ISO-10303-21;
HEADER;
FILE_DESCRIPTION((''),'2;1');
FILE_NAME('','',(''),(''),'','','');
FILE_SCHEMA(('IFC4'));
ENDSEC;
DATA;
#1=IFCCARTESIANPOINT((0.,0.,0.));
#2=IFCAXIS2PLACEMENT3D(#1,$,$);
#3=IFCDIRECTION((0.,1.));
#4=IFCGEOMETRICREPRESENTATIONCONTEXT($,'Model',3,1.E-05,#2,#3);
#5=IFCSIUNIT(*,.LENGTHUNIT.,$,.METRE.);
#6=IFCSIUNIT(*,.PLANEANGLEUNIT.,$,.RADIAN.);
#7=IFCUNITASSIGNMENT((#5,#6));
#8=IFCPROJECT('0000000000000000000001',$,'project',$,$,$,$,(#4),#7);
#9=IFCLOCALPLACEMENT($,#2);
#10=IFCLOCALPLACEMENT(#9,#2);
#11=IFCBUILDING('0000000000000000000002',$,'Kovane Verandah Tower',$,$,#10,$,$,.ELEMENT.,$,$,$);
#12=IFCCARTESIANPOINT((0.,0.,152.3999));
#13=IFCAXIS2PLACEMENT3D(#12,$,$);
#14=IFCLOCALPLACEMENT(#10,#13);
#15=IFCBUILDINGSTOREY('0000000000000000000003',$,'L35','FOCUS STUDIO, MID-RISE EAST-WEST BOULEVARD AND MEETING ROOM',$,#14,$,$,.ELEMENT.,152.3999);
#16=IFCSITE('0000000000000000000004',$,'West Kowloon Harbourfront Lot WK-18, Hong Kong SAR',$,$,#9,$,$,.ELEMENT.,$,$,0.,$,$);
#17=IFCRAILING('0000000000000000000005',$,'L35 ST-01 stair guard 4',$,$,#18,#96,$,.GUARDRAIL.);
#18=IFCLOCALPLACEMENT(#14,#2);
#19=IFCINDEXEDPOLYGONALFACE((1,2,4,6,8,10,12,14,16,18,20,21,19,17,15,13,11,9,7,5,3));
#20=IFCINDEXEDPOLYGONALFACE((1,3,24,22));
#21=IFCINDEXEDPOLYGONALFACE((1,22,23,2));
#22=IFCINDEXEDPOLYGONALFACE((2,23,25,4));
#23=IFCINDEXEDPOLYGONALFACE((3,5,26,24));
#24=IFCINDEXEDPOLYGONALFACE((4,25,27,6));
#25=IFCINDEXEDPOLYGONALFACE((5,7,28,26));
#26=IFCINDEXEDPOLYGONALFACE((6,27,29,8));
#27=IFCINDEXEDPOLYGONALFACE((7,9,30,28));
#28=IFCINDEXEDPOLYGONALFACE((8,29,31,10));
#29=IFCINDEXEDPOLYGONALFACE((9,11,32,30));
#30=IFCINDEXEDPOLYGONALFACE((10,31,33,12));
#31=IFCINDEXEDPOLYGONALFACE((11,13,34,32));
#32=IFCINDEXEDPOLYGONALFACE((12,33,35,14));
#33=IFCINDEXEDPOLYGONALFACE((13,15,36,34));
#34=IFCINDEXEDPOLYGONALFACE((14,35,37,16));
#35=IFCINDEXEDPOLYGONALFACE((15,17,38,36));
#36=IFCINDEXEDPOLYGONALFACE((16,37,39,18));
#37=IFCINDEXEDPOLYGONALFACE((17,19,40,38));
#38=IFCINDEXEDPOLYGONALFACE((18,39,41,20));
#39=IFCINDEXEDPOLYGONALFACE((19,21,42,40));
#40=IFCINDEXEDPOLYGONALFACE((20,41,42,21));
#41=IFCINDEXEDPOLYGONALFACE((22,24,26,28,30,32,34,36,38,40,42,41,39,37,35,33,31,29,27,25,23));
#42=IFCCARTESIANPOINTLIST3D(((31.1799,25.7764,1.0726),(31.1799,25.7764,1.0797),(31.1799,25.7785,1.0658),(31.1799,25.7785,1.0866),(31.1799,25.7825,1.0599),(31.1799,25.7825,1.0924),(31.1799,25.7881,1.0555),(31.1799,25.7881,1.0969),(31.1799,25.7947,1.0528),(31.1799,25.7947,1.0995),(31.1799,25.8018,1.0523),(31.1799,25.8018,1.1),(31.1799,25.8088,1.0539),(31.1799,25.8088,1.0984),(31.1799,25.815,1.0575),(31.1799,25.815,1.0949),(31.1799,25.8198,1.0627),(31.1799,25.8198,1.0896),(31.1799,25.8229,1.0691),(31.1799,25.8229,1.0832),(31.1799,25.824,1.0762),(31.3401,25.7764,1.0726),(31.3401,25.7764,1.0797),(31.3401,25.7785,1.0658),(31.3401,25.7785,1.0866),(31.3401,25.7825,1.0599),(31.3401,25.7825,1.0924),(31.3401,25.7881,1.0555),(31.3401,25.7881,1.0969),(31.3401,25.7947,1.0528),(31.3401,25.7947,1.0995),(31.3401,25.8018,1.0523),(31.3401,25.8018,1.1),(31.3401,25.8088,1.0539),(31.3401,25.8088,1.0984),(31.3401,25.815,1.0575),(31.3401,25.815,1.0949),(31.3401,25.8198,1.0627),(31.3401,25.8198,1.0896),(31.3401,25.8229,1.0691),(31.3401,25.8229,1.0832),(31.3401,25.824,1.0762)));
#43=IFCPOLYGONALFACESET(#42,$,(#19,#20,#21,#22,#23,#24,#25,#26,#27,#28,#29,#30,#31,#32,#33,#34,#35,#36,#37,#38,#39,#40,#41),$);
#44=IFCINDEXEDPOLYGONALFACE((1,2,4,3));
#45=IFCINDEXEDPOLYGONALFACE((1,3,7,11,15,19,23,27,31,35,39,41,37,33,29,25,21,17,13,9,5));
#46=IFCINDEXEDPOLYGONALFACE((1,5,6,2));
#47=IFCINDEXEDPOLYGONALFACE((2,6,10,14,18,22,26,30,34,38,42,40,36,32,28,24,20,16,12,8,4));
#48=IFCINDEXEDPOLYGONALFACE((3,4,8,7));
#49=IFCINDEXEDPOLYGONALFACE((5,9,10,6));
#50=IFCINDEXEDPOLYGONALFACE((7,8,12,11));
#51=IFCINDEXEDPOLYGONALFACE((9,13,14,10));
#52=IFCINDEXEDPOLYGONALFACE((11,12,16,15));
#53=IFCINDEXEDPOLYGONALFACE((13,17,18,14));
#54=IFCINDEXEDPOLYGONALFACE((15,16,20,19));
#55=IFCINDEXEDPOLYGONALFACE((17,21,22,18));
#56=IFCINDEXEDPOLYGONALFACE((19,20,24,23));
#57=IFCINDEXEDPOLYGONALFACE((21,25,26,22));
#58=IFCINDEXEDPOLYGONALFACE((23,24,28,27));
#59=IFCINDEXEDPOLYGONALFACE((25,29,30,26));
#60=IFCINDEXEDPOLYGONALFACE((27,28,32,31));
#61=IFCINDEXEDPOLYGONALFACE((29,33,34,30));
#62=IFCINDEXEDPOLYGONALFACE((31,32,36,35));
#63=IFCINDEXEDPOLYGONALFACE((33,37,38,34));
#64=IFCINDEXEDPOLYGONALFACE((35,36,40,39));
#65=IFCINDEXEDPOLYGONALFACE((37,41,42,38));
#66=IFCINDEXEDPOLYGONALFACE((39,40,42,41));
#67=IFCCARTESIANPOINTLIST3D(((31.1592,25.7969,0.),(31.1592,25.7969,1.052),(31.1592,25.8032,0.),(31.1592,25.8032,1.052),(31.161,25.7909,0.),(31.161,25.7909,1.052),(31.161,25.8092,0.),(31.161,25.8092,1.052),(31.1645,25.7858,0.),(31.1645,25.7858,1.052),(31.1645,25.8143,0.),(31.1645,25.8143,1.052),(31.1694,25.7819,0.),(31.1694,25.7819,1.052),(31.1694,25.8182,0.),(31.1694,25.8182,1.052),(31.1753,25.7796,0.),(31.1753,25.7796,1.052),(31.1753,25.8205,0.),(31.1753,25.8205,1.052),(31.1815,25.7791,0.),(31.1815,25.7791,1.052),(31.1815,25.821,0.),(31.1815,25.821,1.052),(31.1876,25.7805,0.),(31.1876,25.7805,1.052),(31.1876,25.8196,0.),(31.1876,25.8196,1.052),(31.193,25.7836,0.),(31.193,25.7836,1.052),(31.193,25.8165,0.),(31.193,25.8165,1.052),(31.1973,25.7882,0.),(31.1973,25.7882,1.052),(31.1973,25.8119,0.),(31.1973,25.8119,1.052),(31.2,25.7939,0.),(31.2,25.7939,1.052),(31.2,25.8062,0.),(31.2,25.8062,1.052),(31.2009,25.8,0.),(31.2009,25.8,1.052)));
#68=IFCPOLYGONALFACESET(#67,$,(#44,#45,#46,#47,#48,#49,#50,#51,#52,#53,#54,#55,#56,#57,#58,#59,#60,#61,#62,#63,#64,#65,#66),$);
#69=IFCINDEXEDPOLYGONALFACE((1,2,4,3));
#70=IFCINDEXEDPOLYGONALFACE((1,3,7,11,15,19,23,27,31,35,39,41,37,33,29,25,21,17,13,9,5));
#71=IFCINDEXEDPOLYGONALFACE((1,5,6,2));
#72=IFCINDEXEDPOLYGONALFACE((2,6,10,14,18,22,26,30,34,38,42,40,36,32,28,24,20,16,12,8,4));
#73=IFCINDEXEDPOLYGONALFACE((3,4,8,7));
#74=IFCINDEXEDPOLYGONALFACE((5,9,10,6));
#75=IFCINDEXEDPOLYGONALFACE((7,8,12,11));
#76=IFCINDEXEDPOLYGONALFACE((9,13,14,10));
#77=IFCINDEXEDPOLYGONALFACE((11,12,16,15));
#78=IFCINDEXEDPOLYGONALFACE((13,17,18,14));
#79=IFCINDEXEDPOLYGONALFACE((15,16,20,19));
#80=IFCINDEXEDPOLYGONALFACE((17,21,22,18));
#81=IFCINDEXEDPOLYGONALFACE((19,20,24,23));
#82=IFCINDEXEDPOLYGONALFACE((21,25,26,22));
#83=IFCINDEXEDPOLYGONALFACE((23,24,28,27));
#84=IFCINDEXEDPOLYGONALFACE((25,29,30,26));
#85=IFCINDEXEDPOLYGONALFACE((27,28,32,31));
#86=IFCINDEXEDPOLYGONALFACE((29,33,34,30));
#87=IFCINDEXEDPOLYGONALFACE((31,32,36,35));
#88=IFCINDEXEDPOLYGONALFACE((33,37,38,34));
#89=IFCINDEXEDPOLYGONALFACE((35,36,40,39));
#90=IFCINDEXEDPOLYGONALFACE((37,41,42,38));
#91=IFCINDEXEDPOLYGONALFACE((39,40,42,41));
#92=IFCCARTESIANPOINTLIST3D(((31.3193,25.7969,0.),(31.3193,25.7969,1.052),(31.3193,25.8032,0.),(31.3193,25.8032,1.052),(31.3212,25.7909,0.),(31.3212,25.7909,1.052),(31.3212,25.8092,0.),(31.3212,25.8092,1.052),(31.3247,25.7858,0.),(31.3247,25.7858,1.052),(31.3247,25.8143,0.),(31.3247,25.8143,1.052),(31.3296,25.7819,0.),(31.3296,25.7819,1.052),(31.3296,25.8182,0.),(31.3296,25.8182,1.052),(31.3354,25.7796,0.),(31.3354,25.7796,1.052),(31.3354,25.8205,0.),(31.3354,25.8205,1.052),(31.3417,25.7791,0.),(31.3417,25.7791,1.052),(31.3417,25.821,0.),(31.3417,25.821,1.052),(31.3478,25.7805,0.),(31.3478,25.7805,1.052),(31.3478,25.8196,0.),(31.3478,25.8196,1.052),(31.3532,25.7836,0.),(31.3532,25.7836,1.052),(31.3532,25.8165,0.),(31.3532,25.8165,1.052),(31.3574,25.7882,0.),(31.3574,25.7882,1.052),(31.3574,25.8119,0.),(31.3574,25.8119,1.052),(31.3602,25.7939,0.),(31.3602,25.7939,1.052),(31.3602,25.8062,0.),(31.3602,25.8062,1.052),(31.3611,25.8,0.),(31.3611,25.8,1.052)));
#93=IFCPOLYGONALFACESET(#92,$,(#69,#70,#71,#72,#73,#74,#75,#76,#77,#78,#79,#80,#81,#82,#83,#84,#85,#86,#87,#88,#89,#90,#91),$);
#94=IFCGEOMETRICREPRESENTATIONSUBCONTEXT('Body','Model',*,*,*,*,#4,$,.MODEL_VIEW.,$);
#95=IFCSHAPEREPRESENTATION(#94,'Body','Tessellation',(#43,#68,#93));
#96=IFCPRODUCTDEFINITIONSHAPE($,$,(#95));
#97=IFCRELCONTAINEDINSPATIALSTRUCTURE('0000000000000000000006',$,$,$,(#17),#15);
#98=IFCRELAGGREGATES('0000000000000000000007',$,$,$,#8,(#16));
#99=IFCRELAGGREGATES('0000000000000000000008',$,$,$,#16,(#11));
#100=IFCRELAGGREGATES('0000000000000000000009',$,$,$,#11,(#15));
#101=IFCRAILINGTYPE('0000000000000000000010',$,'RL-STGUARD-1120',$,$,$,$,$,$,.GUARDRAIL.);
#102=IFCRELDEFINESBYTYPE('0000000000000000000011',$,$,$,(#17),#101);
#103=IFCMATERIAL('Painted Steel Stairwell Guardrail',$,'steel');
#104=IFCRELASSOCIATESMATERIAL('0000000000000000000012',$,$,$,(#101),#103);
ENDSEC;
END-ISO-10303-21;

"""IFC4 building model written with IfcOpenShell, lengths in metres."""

from ifc_helpers import new_model, si_unit, direction, frame, origin, origin_2d, place, context, subcontext, project, spatial, circle, extrude, material, type_object, element, save


model = new_model("IFC4")

# Units and contexts
model_context = context("Model", 3, precision=1e-05, world=origin(), true_north=direction((0.0, 1.0)))
body_context = subcontext(model_context, "Body", "Model", "MODEL_VIEW")
ifc_project = project(units=[si_unit("LENGTHUNIT", "METRE"), si_unit("PLANEANGLEUNIT", "RADIAN")], contexts=[model_context])

# Site, building, storey
site_placement = place(None, origin())
site = spatial("IfcSite", under=ifc_project, at=site_placement, Name="West Kowloon Harbourfront Lot WK-18, Hong Kong SAR", CompositionType="ELEMENT", RefElevation=0.0)
building_placement = place(site_placement, origin())
building = spatial("IfcBuilding", under=site, at=building_placement, Name="Kovane Verandah Tower", CompositionType="ELEMENT")
storey_placement = place(building_placement, frame((0.0, 0.0, 152.3999)))
storey = spatial("IfcBuildingStorey", under=building, at=storey_placement, Name="L35", Description="FOCUS STUDIO, MID-RISE EAST-WEST BOULEVARD AND MEETING ROOM", CompositionType="ELEMENT", Elevation=152.3999)

# Railing
ifc_material_1 = material(Name="Painted Steel Stairwell Guardrail", Category="steel")
railing_type_1 = type_object("IfcRailingType", Name="RL-STGUARD-1120", PredefinedType="GUARDRAIL", material=ifc_material_1)
railing_1_placement = place(storey_placement, frame((31.1799, 25.8, 0.0)))
element("IfcRailing", 1, at=railing_1_placement, inside=storey, type_object=railing_type_1, Name="L35 ST-01 stair guard 4", PredefinedType="GUARDRAIL", context=body_context, shape_type="SweptSolid", body=[
    extrude(circle(Radius=0.0239, at=origin_2d()), frame((0.0, 0.0, 1.0762), z_axis=(1.0, 0.0, 0.0), x_axis=(0.0, 1.0, 0.0)), (0.0, 0.0, 1.0), 0.1602),
    extrude(circle(Radius=0.021, at=origin_2d()), origin(), (0.0, 0.0, 1.0), 1.052),
    extrude(circle(Radius=0.021, at=origin_2d()), frame((0.1602, 0.0, 0.0)), (0.0, 0.0, 1.0), 1.052),
])

save(model, "model.ifc")
